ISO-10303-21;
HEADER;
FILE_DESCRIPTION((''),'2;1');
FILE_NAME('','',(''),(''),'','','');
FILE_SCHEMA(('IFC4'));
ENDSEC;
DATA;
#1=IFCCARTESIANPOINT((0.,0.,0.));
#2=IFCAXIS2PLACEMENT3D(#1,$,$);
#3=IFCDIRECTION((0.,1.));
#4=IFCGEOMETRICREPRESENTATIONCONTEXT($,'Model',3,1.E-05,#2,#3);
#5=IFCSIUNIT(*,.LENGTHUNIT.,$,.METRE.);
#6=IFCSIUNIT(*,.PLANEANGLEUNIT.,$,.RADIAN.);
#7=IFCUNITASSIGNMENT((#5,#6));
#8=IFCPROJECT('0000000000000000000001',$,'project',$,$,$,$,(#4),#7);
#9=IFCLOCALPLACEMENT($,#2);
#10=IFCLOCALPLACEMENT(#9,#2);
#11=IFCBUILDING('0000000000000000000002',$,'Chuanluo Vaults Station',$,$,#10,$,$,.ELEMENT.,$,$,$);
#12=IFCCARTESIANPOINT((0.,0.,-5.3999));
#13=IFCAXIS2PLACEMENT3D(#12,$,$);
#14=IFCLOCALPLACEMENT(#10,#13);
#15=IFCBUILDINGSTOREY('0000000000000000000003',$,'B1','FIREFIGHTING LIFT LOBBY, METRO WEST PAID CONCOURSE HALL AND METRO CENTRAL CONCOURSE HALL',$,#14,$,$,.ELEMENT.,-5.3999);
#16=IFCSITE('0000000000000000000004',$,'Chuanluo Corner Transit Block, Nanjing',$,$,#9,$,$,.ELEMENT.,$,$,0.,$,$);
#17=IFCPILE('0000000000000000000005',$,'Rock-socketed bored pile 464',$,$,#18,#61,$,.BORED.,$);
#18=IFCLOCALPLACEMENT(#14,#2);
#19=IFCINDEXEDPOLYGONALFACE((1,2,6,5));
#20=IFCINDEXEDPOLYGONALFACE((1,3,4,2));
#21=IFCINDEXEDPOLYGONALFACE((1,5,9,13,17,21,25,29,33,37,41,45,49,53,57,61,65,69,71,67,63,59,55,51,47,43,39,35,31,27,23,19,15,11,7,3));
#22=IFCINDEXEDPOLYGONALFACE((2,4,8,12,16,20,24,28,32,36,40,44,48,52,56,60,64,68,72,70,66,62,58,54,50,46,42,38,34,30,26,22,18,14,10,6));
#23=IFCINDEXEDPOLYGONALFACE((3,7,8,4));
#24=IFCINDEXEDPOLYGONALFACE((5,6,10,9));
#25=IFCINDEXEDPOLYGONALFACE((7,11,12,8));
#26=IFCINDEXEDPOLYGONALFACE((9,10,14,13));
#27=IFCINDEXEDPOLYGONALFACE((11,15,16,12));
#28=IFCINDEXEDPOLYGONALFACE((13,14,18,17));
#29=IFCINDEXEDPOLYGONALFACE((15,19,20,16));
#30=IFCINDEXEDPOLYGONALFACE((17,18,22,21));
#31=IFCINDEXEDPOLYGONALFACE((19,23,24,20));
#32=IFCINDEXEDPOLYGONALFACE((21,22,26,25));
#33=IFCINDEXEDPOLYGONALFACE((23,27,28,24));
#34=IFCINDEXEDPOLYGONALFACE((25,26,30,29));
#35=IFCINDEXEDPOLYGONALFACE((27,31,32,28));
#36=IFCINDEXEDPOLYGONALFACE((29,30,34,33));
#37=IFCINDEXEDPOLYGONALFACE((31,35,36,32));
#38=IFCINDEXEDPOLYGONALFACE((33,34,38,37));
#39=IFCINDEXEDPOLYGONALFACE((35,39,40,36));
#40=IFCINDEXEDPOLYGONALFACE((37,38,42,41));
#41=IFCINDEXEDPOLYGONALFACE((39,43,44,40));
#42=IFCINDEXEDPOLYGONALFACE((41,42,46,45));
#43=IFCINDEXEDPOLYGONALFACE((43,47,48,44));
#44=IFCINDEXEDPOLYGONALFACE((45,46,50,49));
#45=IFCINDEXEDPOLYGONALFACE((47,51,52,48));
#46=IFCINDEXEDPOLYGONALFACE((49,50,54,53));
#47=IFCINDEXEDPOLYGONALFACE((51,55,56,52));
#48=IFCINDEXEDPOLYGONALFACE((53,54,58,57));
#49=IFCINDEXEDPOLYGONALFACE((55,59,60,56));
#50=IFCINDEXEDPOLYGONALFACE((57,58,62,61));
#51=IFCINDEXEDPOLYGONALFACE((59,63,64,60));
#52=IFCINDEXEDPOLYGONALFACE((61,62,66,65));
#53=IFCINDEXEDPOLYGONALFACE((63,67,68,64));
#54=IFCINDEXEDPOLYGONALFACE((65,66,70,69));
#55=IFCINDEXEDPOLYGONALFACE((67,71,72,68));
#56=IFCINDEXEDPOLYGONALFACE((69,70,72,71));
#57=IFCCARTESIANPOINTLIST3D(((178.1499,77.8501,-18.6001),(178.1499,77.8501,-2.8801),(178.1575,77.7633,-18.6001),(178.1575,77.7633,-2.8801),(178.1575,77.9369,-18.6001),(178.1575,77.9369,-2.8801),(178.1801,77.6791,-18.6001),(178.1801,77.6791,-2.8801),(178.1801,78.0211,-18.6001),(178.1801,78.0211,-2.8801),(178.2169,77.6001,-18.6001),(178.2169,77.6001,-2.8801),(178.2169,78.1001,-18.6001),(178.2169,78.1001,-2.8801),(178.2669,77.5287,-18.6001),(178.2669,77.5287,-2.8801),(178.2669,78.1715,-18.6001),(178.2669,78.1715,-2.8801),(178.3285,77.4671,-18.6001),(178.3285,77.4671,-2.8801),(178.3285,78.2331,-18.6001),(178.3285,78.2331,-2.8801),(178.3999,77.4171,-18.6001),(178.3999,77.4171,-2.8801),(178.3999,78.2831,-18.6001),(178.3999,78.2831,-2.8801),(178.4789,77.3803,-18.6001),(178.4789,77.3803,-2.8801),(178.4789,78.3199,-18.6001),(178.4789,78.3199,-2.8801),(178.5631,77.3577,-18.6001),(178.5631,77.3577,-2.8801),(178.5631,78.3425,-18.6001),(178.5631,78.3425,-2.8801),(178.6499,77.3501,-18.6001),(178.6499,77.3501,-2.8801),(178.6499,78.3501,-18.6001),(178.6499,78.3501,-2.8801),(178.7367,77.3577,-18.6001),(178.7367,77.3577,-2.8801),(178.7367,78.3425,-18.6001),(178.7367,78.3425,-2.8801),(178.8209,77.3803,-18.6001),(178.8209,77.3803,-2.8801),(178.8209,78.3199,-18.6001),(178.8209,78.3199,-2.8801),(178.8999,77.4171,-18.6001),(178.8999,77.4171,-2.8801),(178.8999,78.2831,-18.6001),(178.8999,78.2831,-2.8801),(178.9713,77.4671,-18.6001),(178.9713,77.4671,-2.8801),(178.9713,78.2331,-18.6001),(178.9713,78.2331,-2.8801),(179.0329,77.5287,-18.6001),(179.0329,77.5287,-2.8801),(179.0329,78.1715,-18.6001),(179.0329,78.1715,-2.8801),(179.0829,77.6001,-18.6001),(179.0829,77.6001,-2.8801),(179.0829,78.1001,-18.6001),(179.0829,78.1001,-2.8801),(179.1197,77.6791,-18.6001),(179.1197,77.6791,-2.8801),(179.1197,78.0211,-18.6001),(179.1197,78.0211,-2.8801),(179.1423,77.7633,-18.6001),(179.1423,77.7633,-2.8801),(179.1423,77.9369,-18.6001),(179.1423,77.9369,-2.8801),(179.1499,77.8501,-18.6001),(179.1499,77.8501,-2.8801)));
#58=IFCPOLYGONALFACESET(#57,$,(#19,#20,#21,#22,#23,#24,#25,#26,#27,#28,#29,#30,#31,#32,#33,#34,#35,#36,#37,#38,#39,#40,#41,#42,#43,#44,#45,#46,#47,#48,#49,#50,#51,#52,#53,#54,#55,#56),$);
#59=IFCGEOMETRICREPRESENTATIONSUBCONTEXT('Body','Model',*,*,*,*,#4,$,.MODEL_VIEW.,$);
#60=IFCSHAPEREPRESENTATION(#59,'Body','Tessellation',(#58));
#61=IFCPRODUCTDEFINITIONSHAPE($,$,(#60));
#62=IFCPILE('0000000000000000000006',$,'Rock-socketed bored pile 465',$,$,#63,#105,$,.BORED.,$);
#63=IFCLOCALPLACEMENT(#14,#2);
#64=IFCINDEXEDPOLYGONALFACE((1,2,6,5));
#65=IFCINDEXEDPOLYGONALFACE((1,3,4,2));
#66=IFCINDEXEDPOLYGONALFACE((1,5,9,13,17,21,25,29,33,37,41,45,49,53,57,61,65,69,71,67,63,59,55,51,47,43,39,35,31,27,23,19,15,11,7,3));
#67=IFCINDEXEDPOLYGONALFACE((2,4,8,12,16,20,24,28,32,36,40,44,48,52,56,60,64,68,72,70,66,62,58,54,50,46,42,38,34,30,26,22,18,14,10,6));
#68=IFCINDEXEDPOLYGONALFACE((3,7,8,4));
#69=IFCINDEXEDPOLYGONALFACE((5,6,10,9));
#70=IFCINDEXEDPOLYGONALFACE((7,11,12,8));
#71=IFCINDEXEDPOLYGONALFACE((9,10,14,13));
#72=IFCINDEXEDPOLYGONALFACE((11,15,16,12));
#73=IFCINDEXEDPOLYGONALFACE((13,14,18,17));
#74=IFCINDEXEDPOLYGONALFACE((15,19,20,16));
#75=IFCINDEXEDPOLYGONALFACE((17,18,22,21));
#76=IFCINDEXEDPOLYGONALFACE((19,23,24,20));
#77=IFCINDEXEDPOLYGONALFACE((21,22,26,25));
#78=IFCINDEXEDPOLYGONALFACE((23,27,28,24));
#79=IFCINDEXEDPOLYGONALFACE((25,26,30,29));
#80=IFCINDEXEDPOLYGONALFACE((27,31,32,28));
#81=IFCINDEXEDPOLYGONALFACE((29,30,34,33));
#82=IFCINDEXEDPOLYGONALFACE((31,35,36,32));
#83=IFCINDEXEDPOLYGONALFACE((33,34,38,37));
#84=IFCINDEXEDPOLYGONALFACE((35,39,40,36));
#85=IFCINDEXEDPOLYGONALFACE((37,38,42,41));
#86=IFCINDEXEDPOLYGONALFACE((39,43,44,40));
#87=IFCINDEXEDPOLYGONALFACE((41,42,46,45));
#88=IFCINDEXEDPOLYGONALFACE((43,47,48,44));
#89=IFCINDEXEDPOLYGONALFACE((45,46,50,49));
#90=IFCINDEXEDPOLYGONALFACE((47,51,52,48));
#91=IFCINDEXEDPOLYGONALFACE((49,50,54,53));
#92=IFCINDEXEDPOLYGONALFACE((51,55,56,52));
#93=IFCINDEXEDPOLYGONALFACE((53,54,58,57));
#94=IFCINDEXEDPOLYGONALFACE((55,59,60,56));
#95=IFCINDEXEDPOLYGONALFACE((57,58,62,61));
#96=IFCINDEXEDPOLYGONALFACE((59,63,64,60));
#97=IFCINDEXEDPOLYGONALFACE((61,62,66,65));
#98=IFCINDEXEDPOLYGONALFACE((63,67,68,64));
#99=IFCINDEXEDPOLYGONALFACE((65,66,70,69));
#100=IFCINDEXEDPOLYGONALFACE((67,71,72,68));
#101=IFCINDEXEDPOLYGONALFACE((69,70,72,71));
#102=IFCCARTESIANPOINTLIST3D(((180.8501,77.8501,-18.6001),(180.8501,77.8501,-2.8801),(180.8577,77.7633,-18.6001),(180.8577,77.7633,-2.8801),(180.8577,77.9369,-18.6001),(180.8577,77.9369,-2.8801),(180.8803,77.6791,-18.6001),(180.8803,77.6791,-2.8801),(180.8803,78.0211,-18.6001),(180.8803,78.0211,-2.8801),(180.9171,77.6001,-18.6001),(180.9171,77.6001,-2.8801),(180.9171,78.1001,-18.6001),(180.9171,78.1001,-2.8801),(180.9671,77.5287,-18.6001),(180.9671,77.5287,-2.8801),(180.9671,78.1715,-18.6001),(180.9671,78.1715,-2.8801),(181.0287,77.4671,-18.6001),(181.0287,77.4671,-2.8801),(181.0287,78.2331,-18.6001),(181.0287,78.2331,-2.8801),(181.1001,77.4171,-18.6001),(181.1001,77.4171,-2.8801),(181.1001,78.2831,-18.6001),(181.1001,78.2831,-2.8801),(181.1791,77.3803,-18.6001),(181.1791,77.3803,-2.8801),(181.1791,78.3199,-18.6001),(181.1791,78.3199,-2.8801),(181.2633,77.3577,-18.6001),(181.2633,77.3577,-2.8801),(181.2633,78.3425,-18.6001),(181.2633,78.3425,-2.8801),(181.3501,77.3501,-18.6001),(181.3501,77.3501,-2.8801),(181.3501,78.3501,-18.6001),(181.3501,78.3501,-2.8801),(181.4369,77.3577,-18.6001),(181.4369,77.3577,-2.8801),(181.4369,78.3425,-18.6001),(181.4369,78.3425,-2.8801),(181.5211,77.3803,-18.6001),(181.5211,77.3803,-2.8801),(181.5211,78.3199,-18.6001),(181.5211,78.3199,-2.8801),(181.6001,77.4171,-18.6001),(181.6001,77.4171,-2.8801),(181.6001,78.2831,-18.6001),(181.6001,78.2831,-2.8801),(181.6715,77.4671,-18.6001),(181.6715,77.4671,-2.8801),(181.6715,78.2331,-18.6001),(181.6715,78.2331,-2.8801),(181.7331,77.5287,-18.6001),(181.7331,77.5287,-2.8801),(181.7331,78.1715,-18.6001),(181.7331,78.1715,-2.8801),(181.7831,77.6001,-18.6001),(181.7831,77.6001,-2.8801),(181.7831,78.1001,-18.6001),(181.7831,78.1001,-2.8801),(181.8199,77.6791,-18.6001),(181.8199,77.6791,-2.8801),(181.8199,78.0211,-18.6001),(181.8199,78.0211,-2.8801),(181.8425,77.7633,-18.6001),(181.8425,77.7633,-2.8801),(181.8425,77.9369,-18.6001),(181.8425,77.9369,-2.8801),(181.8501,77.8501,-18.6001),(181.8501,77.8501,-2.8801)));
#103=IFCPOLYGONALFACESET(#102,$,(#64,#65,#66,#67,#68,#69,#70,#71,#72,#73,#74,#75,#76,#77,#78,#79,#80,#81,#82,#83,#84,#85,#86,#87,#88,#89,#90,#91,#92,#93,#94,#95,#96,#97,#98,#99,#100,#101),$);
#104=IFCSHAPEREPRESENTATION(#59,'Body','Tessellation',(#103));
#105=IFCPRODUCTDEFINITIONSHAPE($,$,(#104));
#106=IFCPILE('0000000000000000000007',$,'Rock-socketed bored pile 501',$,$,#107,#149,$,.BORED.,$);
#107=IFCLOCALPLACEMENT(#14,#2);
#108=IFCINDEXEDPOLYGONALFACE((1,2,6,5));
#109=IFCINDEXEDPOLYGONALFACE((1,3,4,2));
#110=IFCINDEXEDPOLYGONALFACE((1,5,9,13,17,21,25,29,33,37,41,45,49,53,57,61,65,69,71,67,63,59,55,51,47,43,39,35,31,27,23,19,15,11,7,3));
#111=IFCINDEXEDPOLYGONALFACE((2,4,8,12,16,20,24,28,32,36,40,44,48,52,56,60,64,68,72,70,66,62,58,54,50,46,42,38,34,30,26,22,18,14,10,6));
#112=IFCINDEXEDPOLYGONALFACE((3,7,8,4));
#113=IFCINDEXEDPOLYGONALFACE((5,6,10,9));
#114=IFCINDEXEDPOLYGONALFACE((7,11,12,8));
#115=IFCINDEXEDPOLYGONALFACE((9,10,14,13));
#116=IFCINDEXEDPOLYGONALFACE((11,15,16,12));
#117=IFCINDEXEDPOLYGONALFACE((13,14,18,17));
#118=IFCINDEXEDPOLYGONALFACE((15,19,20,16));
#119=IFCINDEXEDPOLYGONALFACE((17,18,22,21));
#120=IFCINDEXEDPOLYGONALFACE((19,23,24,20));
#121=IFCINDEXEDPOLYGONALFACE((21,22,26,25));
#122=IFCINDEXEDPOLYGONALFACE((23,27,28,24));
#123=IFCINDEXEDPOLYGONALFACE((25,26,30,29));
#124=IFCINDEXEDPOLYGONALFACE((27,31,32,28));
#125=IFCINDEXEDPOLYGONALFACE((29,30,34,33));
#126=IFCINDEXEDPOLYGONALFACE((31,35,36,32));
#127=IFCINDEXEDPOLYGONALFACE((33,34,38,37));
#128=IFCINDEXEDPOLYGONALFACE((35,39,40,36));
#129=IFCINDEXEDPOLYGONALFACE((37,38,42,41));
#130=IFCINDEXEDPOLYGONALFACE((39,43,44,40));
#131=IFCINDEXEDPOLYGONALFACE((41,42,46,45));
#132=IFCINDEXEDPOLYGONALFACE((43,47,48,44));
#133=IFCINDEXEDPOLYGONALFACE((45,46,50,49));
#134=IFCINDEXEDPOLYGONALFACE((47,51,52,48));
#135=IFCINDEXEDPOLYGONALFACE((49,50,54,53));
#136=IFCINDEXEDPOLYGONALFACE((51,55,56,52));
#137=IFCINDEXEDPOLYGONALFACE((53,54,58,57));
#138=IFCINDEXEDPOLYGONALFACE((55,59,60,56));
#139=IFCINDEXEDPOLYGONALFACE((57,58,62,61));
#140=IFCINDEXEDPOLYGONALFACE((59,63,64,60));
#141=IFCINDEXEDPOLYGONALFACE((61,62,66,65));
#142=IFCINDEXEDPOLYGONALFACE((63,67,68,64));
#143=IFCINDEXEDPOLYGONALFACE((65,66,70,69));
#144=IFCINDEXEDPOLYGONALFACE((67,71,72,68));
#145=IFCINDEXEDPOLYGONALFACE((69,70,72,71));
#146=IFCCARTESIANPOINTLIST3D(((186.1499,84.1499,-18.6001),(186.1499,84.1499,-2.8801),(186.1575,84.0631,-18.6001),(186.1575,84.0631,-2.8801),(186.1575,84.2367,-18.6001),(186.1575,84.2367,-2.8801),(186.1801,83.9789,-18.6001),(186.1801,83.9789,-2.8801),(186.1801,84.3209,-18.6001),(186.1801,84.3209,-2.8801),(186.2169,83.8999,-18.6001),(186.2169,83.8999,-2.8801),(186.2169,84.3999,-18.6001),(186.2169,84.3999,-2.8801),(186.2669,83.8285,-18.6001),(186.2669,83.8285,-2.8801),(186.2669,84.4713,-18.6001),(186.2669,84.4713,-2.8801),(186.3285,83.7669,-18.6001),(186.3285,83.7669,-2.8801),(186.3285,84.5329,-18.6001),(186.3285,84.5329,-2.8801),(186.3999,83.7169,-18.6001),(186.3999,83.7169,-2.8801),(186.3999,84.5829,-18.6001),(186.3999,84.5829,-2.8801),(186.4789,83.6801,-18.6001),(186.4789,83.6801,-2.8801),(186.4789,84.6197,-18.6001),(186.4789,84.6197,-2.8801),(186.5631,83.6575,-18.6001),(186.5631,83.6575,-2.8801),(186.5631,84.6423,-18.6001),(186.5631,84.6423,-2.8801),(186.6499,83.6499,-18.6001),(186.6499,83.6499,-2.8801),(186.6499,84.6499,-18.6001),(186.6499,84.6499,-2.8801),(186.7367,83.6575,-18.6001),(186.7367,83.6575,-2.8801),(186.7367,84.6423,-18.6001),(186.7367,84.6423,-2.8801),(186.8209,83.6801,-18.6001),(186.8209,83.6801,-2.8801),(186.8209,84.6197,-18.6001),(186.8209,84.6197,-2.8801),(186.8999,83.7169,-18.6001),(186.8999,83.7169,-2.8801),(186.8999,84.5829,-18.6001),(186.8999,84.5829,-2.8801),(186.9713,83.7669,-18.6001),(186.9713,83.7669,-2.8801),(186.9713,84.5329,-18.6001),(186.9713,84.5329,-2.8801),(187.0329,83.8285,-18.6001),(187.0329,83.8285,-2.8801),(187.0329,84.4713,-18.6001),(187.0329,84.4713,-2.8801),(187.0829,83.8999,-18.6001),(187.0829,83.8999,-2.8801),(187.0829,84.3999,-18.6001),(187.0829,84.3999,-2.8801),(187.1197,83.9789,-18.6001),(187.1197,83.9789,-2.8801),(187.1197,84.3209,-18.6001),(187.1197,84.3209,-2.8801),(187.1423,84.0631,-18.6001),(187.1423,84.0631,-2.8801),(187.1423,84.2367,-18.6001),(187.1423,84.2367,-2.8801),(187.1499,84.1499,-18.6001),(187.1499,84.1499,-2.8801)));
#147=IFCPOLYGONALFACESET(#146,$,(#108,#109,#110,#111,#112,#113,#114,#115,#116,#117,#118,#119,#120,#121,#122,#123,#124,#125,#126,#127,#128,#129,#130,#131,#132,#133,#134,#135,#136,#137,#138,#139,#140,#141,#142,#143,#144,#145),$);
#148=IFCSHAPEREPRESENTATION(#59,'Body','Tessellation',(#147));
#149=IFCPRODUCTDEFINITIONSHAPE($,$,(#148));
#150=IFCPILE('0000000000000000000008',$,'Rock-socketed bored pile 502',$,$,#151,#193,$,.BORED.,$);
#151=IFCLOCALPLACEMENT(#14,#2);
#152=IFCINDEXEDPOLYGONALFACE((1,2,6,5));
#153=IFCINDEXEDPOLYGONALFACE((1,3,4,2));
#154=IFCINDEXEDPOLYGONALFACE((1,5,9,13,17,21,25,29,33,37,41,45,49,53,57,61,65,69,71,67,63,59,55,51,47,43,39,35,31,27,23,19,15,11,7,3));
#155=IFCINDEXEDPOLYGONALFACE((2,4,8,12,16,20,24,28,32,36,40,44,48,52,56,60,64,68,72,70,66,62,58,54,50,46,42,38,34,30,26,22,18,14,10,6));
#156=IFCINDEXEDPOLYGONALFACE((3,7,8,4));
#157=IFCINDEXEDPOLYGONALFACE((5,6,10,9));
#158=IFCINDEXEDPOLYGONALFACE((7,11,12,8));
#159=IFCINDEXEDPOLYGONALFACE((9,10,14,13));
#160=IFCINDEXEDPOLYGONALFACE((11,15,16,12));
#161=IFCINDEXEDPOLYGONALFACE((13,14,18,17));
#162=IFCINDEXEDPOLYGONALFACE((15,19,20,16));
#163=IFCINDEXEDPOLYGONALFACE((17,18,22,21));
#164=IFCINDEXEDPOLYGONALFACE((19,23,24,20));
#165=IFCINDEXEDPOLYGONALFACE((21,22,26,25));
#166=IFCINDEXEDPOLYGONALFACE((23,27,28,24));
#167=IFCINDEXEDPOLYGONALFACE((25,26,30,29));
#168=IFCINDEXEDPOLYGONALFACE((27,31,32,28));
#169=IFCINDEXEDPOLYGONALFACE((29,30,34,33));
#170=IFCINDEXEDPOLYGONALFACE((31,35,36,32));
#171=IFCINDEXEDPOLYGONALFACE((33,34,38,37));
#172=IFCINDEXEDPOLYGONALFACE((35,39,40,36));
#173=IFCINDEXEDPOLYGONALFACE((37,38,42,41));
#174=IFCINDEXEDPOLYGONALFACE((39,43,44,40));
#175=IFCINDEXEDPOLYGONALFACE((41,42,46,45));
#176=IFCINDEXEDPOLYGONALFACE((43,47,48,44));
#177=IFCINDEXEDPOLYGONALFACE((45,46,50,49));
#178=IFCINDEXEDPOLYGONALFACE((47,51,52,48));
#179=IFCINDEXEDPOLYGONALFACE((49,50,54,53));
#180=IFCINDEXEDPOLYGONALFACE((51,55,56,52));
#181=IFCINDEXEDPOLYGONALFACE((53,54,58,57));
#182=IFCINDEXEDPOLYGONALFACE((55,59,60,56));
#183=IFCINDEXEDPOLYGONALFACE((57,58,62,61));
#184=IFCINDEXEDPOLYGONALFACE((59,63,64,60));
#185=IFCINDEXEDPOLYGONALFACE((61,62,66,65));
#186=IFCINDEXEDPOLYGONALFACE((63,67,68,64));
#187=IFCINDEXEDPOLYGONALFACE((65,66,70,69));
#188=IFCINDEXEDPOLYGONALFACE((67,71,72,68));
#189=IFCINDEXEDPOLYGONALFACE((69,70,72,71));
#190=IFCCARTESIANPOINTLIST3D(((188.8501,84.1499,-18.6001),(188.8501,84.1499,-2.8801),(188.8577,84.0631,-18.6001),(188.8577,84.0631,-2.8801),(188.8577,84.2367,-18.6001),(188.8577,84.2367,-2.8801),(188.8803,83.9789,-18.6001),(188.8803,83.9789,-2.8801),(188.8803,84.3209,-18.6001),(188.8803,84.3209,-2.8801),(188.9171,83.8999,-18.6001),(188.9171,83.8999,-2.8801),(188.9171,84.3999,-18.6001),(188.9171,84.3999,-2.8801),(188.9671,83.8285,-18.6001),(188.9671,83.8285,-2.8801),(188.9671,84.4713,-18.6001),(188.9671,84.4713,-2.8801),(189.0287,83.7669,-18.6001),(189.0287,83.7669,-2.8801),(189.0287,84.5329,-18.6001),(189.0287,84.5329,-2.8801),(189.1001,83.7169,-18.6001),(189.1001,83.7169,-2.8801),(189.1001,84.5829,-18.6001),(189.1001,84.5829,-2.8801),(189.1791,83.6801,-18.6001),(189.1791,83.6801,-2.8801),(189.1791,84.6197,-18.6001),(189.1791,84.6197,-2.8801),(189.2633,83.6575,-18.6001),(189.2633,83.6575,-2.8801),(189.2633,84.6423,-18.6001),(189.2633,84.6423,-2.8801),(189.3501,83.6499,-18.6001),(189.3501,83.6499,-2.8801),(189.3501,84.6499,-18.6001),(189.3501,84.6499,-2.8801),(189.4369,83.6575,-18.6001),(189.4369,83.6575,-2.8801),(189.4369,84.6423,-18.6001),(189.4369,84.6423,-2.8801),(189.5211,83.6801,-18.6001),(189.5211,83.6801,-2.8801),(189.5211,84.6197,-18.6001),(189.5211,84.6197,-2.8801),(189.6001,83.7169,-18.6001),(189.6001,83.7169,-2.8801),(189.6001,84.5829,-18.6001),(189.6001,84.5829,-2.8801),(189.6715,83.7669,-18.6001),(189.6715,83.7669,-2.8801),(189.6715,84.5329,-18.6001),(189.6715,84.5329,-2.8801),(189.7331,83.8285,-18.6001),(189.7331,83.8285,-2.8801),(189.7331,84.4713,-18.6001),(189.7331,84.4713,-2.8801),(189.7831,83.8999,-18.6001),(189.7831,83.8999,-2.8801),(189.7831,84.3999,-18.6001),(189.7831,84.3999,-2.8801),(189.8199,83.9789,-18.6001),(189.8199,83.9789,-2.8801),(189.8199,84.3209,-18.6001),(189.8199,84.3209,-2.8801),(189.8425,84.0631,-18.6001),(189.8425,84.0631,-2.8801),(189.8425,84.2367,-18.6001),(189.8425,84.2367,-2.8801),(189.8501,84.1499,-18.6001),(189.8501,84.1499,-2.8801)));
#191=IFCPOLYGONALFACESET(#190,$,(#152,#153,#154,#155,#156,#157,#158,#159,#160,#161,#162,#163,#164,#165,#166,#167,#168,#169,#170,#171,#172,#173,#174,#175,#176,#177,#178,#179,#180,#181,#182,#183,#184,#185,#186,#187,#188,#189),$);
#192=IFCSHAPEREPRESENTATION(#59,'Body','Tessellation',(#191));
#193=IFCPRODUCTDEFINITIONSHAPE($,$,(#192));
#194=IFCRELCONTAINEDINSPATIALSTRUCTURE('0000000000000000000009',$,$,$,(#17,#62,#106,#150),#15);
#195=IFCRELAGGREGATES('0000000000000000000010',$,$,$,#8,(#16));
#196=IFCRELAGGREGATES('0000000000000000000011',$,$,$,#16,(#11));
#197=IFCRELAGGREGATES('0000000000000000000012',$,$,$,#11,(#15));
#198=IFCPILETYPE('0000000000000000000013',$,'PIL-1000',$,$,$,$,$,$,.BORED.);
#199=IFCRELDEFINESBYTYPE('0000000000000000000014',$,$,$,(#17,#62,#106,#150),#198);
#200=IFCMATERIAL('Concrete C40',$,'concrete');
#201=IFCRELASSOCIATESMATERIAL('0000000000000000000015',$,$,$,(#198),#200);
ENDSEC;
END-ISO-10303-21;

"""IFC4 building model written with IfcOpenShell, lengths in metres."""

from ifc_helpers import new_model, si_unit, direction, frame, origin, origin_2d, place, context, subcontext, project, spatial, circle, extrude, material, material_profile, profile_set, type_object, element, save


model = new_model("IFC4")

# Units and contexts
model_context = context("Model", 3, precision=1e-05, world=origin(), true_north=direction((0.0, 1.0)))
body_context = subcontext(model_context, "Body", "Model", "MODEL_VIEW")
ifc_project = project(units=[si_unit("LENGTHUNIT", "METRE"), si_unit("PLANEANGLEUNIT", "RADIAN")], contexts=[model_context])

# Site, building, storey
site_placement = place(None, origin())
site = spatial("IfcSite", under=ifc_project, at=site_placement, Name="Chuanluo Corner Transit Block, Nanjing", CompositionType="ELEMENT", RefElevation=0.0)
building_placement = place(site_placement, origin())
building = spatial("IfcBuilding", under=site, at=building_placement, Name="Chuanluo Vaults Station", CompositionType="ELEMENT")
storey_placement = place(building_placement, frame((0.0, 0.0, -5.3999)))
storey = spatial("IfcBuildingStorey", under=building, at=storey_placement, Name="B1", Description="FIREFIGHTING LIFT LOBBY, METRO WEST PAID CONCOURSE HALL AND METRO CENTRAL CONCOURSE HALL", CompositionType="ELEMENT", Elevation=-5.3999)

# Piles
ifc_material_1 = material(Name="Concrete C40", Category="concrete")
ifc_material_profile_1 = material_profile(ifc_material_1, circle(Radius=0.5, at=origin_2d()))
ifc_profile_set_1 = profile_set([ifc_material_profile_1], Name="Concrete C40")
pile_type_1 = type_object("IfcPileType", Name="PIL-1000", PredefinedType="BORED", material=ifc_profile_set_1)
for number, where, z_axis, x_axis, name in (
    (1, (178.6499, 77.8501, -2.8801), (0.0, 0.0, -1.0), (1.0, 0.0, 0.0), "Rock-socketed bored pile 464"),
    (2, (181.3501, 77.8501, -2.8801), (0.0, 0.0, -1.0), (1.0, 0.0, 0.0), "Rock-socketed bored pile 465"),
    (3, (186.6499, 84.1499, -2.8801), (0.0, 0.0, -1.0), (1.0, 0.0, 0.0), "Rock-socketed bored pile 501"),
    (4, (189.3501, 84.1499, -2.8801), (0.0, 0.0, -1.0), (1.0, 0.0, 0.0), "Rock-socketed bored pile 502"),
):
    element("IfcPile", number, at=place(storey_placement, frame(where, z_axis=z_axis, x_axis=x_axis)), inside=storey, type_object=pile_type_1, Name=name, PredefinedType="BORED", context=body_context, shape_type="SweptSolid", body=[
        extrude(circle(Radius=0.5, at=origin_2d()), origin(), (0.0, 0.0, 1.0), 15.72),
    ])

save(model, "model.ifc")
